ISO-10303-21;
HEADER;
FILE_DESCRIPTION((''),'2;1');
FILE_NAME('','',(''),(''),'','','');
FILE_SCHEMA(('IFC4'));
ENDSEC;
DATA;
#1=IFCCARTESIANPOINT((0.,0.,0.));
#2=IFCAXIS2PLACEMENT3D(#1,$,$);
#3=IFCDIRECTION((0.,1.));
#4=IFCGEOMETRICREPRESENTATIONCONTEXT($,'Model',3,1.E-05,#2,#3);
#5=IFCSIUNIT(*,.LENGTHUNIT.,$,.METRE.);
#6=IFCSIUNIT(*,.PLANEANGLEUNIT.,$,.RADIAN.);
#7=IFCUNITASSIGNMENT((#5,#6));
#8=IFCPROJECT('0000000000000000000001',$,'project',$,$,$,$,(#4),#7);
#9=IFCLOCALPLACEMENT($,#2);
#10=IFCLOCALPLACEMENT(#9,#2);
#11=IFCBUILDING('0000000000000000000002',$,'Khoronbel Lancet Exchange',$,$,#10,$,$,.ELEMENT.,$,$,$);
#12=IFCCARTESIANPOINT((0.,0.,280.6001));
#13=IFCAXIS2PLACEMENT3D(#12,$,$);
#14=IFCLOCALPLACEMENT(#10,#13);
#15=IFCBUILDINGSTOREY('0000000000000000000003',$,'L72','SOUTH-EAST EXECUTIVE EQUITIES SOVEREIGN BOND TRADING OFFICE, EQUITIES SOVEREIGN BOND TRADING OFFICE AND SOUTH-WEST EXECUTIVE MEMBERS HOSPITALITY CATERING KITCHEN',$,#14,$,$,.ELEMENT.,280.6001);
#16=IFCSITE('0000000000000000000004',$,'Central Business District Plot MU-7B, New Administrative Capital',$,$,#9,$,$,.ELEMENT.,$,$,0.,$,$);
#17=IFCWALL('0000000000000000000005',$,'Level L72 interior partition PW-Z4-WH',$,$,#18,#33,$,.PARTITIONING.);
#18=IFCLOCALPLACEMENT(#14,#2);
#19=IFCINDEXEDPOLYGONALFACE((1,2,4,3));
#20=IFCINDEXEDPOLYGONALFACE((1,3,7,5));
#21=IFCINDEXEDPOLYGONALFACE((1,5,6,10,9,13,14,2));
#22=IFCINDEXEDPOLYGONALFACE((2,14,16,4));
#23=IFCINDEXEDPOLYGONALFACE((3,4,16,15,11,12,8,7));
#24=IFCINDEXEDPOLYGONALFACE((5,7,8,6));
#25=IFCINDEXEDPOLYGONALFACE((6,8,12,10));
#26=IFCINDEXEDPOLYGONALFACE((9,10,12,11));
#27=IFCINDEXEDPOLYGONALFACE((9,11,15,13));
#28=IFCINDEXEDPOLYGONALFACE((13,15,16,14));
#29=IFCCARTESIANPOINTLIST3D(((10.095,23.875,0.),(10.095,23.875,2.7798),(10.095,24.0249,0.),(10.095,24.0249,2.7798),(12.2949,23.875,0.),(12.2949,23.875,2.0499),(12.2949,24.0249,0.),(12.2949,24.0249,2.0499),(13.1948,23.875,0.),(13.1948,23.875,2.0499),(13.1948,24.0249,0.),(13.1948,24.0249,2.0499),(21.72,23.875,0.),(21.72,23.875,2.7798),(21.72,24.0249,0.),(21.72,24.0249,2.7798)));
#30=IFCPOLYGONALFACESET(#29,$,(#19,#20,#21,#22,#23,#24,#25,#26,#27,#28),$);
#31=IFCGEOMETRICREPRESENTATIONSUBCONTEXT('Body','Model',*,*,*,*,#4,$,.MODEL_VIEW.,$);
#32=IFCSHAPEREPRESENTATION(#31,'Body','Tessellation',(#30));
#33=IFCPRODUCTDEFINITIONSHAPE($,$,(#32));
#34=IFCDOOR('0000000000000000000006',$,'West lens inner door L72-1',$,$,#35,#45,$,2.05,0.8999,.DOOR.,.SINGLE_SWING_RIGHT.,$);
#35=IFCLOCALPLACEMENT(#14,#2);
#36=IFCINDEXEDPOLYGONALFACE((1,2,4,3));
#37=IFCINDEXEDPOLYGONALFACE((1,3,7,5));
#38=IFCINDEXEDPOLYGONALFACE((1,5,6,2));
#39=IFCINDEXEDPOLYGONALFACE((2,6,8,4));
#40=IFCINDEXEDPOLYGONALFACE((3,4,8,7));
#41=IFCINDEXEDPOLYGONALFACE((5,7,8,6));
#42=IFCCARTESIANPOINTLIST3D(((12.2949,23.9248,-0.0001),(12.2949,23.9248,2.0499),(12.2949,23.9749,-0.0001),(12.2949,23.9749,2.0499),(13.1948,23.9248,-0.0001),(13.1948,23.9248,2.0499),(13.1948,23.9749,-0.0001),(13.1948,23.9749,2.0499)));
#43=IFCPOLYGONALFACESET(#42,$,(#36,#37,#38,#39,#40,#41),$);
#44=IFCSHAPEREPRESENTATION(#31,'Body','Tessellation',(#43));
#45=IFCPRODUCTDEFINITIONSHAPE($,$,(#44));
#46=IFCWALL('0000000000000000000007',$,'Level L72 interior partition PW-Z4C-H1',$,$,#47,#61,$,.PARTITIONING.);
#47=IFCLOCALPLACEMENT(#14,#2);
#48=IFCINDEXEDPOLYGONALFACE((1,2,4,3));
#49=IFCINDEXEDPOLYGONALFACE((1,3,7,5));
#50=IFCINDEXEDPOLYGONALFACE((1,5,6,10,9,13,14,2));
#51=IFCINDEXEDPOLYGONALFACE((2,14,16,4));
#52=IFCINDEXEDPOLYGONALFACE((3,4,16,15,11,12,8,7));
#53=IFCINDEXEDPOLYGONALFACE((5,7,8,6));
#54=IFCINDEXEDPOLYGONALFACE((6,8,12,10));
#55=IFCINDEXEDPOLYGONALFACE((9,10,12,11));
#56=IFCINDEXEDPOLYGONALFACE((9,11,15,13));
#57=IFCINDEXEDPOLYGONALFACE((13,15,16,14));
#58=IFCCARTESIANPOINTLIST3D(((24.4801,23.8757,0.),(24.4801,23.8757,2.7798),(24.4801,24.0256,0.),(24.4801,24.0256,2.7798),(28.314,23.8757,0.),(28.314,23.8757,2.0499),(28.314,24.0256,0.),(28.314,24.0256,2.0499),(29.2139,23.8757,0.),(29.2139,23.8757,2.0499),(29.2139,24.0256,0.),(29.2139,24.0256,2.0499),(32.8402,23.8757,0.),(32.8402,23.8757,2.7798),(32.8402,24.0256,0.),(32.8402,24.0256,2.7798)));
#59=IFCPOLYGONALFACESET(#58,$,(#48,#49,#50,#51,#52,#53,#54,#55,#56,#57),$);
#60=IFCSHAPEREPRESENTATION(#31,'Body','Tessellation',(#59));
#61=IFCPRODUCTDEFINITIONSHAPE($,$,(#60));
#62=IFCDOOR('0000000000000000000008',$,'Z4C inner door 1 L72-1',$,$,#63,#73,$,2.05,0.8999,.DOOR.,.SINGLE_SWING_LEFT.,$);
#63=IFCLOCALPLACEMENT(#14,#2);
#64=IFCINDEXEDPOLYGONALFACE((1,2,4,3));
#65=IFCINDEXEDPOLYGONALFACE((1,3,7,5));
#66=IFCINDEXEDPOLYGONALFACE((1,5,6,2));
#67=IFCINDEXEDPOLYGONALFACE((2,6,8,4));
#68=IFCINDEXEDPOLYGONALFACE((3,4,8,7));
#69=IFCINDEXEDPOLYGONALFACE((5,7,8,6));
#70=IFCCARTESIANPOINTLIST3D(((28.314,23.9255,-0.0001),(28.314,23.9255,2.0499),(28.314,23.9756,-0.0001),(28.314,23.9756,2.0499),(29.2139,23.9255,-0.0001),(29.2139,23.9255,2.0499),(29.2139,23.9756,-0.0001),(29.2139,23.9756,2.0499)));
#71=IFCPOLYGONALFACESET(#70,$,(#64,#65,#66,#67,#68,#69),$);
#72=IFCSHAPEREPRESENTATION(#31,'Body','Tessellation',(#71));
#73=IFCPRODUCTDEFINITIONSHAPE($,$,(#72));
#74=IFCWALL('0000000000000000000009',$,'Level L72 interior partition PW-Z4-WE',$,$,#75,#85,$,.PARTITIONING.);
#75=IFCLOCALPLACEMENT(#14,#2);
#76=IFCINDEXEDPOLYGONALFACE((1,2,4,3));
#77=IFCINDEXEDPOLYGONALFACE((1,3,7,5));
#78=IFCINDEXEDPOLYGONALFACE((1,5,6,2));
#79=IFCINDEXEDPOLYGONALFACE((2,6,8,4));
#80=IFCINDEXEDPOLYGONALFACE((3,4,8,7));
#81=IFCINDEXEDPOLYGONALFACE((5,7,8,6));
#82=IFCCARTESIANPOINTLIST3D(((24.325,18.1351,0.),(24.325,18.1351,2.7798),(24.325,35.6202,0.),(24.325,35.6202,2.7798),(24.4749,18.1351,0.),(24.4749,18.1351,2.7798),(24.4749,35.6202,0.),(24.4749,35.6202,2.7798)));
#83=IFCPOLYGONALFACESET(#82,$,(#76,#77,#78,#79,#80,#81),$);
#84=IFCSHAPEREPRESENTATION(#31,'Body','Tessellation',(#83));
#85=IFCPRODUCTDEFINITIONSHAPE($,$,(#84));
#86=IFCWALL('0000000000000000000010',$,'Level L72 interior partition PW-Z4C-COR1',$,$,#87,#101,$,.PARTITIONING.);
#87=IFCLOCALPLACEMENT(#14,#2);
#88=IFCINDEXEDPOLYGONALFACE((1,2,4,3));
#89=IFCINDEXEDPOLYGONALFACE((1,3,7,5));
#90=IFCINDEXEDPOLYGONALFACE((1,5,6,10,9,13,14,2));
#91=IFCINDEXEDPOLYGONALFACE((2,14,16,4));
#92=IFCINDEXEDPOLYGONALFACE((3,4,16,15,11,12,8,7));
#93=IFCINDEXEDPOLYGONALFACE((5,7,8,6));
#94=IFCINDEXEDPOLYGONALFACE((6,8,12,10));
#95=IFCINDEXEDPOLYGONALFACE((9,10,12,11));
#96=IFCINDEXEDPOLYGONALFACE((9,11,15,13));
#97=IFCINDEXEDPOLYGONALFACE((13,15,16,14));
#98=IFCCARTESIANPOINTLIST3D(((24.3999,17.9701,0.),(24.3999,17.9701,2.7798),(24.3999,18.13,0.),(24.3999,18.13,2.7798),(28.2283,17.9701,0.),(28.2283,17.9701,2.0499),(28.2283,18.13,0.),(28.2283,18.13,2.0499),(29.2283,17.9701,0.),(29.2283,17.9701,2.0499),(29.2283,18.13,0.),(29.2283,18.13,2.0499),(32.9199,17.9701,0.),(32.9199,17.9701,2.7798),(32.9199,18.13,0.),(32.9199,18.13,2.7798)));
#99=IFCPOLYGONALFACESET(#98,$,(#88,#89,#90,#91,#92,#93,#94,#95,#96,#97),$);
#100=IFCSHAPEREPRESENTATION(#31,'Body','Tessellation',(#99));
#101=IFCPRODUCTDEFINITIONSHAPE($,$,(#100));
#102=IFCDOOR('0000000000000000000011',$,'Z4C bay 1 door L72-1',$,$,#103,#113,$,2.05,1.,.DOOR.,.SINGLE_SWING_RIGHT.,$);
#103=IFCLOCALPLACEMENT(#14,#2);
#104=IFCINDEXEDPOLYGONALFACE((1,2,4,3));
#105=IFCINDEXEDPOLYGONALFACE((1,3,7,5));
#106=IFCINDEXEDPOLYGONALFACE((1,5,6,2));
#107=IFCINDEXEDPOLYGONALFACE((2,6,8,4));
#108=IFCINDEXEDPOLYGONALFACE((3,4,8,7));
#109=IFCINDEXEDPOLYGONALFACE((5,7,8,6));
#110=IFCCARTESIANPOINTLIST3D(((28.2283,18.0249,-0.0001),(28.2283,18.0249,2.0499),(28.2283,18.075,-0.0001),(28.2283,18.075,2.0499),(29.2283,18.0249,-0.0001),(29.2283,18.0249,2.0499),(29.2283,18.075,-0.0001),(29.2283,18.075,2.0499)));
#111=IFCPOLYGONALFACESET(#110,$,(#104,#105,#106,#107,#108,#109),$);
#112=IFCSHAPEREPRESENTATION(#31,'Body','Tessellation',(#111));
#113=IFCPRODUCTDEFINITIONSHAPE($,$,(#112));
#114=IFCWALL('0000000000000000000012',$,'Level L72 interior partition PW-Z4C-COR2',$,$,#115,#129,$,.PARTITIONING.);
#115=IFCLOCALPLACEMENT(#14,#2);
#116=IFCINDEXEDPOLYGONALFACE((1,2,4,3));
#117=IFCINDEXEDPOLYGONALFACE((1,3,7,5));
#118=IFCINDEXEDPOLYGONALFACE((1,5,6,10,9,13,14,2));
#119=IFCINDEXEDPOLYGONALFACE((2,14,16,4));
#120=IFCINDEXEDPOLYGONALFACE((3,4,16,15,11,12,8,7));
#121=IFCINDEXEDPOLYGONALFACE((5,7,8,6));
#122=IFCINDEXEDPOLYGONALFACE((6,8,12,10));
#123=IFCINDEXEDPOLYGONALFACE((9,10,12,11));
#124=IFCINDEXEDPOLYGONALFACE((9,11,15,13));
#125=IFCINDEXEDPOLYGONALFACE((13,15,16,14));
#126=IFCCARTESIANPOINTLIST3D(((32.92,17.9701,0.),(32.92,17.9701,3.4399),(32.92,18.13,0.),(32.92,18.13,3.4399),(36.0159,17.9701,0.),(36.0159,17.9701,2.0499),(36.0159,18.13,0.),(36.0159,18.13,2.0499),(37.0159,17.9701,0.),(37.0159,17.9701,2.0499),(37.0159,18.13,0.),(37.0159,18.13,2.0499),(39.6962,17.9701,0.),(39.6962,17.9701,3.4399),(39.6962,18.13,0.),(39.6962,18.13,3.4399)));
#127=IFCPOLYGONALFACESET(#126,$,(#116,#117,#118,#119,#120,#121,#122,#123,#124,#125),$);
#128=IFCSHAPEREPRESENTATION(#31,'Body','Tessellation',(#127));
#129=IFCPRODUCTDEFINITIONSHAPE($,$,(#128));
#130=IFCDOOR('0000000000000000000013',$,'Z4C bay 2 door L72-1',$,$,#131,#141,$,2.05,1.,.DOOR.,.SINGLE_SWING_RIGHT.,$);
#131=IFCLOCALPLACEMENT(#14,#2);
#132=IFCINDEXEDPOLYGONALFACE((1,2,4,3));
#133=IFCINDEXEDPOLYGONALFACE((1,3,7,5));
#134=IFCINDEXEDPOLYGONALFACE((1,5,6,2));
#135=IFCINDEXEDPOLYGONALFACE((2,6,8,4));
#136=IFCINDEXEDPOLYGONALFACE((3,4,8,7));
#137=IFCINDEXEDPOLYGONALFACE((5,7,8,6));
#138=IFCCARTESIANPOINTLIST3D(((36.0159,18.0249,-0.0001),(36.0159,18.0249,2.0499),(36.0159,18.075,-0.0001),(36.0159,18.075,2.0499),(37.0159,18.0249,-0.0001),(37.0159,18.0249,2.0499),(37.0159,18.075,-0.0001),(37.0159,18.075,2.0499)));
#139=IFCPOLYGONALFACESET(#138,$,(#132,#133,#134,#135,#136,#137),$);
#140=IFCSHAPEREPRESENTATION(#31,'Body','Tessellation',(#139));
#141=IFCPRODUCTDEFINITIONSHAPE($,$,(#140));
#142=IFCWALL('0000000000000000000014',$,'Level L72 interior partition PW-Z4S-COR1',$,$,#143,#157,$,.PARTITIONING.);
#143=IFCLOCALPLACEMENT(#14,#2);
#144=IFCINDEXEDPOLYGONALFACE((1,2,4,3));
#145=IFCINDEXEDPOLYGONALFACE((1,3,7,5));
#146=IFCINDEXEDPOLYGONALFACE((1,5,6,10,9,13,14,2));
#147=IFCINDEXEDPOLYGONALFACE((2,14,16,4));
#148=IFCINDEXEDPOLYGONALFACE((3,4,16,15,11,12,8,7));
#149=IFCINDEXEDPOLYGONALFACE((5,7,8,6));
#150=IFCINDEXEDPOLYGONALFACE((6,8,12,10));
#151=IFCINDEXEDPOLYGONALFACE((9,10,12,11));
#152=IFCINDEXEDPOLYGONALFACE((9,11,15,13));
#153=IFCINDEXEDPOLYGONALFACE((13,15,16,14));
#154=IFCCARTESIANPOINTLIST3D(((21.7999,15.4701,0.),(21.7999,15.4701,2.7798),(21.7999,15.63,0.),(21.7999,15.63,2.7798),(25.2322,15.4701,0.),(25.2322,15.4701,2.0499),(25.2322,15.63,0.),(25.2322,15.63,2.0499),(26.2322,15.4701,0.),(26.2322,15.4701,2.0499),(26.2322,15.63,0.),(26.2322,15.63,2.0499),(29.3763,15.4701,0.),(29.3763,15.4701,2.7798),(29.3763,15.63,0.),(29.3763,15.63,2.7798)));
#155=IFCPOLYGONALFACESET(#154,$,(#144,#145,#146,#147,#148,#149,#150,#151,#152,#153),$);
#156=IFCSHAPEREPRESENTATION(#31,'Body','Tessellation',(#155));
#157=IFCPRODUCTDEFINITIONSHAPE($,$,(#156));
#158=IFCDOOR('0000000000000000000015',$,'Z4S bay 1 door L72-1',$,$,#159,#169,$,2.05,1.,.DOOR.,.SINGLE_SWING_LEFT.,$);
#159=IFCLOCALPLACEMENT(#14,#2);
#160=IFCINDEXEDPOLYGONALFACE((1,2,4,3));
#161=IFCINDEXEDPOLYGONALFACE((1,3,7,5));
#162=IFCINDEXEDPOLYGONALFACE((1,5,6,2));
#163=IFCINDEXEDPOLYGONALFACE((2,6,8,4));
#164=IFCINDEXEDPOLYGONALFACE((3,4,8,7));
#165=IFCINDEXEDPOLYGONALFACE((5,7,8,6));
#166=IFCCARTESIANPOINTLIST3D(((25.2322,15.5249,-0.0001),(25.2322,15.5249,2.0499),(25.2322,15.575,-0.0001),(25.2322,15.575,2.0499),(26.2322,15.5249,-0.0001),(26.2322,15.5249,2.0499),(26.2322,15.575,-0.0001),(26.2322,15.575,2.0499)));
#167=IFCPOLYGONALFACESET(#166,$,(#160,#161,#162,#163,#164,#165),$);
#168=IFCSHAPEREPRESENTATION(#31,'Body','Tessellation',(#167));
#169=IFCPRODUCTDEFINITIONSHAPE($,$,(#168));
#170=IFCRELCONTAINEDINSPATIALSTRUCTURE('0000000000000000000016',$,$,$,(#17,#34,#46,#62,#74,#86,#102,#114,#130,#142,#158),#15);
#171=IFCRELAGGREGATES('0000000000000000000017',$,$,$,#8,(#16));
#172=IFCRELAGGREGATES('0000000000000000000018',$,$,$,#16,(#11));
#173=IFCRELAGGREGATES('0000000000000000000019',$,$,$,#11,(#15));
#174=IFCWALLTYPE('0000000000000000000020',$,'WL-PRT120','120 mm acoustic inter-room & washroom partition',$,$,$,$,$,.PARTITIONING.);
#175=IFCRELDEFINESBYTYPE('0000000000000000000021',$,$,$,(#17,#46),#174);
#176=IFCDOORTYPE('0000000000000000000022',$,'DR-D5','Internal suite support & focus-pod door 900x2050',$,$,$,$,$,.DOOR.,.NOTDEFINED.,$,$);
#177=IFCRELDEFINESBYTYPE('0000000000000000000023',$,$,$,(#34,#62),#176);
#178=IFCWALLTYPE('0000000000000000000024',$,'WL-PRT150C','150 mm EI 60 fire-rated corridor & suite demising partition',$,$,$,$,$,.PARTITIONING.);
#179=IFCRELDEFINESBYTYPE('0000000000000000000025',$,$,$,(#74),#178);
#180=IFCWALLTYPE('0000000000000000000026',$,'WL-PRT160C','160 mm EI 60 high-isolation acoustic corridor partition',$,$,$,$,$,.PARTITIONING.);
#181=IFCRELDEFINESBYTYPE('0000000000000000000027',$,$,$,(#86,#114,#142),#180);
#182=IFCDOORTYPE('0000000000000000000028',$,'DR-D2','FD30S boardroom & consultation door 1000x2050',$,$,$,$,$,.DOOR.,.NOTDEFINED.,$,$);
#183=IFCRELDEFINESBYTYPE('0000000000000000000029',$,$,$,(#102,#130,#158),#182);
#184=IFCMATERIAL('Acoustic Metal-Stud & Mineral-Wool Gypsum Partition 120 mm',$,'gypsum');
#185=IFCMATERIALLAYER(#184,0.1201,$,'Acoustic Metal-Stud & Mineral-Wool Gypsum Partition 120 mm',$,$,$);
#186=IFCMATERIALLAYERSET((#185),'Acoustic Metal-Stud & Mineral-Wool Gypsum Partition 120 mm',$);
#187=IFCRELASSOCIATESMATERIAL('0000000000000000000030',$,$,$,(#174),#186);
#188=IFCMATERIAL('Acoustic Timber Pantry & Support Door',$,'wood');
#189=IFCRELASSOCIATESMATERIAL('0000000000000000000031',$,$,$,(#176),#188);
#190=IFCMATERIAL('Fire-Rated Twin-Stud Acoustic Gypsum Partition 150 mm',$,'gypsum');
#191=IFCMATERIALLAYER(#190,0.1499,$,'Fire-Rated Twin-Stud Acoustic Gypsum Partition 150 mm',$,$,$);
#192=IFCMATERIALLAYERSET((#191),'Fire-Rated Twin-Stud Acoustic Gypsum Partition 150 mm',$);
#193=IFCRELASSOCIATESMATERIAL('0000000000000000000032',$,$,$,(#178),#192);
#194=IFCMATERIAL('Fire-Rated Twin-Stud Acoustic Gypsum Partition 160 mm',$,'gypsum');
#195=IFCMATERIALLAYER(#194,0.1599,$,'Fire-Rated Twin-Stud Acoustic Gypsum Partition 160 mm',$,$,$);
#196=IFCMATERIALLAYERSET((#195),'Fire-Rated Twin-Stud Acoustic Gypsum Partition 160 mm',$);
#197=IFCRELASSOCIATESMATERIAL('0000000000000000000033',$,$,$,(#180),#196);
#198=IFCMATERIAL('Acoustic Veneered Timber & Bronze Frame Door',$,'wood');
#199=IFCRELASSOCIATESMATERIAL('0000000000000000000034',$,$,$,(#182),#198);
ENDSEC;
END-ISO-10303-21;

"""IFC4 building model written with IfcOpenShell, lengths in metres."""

from ifc_helpers import new_model, si_unit, direction, frame, frame_2d, origin, place, context, subcontext, project, spatial, rectangle, extrude, material, layer, layer_set, type_object, element, fill, save


model = new_model("IFC4")

# Units and contexts
model_context = context("Model", 3, precision=1e-05, world=origin(), true_north=direction((0.0, 1.0)))
body_context = subcontext(model_context, "Body", "Model", "MODEL_VIEW")
ifc_project = project(units=[si_unit("LENGTHUNIT", "METRE"), si_unit("PLANEANGLEUNIT", "RADIAN")], contexts=[model_context])

# Site, building, storey
site_placement = place(None, origin())
site = spatial("IfcSite", under=ifc_project, at=site_placement, Name="Central Business District Plot MU-7B, New Administrative Capital", CompositionType="ELEMENT", RefElevation=0.0)
building_placement = place(site_placement, origin())
building = spatial("IfcBuilding", under=site, at=building_placement, Name="Khoronbel Lancet Exchange", CompositionType="ELEMENT")
storey_placement = place(building_placement, frame((0.0, 0.0, 280.6001)))
storey = spatial("IfcBuildingStorey", under=building, at=storey_placement, Name="L72", Description="SOUTH-EAST EXECUTIVE EQUITIES SOVEREIGN BOND TRADING OFFICE, EQUITIES SOVEREIGN BOND TRADING OFFICE AND SOUTH-WEST EXECUTIVE MEMBERS HOSPITALITY CATERING KITCHEN", CompositionType="ELEMENT", Elevation=280.6001)

# Walls, openings, doors
ifc_material_1 = material(Name="Acoustic Metal-Stud & Mineral-Wool Gypsum Partition 120 mm", Category="gypsum")
ifc_layer_1 = layer(ifc_material_1, 0.1201, Name="Acoustic Metal-Stud & Mineral-Wool Gypsum Partition 120 mm")
ifc_layer_set_1 = layer_set([ifc_layer_1], Name="Acoustic Metal-Stud & Mineral-Wool Gypsum Partition 120 mm")
wall_type_1 = type_object("IfcWallType", Name="WL-PRT120", Description="120 mm acoustic inter-room & washroom partition", PredefinedType="PARTITIONING", material=ifc_layer_set_1)
wall_1_placement = place(storey_placement, frame((10.095, 23.95, 0.0), z_axis=(0.0, 0.0, 1.0), x_axis=(1.0, 0.0, 0.0)))
wall_1 = element("IfcWall", 1, at=wall_1_placement, inside=storey, type_object=wall_type_1, Name="Level L72 interior partition PW-Z4-WH", PredefinedType="PARTITIONING", context=body_context, shape_type="SweptSolid", body=[
    extrude(rectangle(XDim=11.625, YDim=0.1499, at=frame_2d((5.8125, 0.0))), origin(), (0.0, 0.0, 1.0), 2.7798),
])
opening_1_placement = place(wall_1_placement, frame((2.2, 0.0, 0.0)))
opening_1 = element("IfcOpeningElement", 2, at=opening_1_placement, cuts=wall_1, PredefinedType="OPENING", context=body_context, shape_type="SweptSolid", body=[
    extrude(rectangle(XDim=0.8999, YDim=2.05, at=frame_2d((0.45, 1.0249))), frame((0.0, 0.085, 0.0), z_axis=(0.0, -1.0, 0.0), x_axis=(1.0, 0.0, 0.0)), (0.0, 0.0, 1.0), 0.1699),
])
ifc_material_2 = material(Name="Acoustic Timber Pantry & Support Door", Category="wood")
door_type_1 = type_object("IfcDoorType", Name="DR-D5", Description="Internal suite support & focus-pod door 900x2050", OperationType="NOTDEFINED", PredefinedType="DOOR", material=ifc_material_2)
door_1_placement = place(opening_1_placement, origin())
door_1 = element("IfcDoor", 3, at=door_1_placement, inside=storey, type_object=door_type_1, Name="West lens inner door L72-1", OperationType="SINGLE_SWING_RIGHT", OverallHeight=2.05, OverallWidth=0.8999, PredefinedType="DOOR", context=body_context, shape_type="SweptSolid", body=[
    extrude(rectangle(XDim=0.8999, YDim=2.05, at=frame_2d((0.45, 1.0249))), frame((0.0, 0.0249, 0.0), z_axis=(0.0, -1.0, 0.0), x_axis=(1.0, 0.0, 0.0)), (0.0, 0.0, 1.0), 0.05),
])
fill(opening_1, door_1)
wall_2_placement = place(storey_placement, frame((24.48, 23.9507, 0.0), z_axis=(0.0, 0.0, 1.0), x_axis=(1.0, 0.0, 0.0)))
wall_2 = element("IfcWall", 4, at=wall_2_placement, inside=storey, type_object=wall_type_1, Name="Level L72 interior partition PW-Z4C-H1", PredefinedType="PARTITIONING", context=body_context, shape_type="SweptSolid", body=[
    extrude(rectangle(XDim=8.3601, YDim=0.1499, at=frame_2d((4.1802, 0.0))), origin(), (0.0, 0.0, 1.0), 2.7798),
])
opening_2_placement = place(wall_2_placement, frame((3.834, 0.0, 0.0)))
opening_2 = element("IfcOpeningElement", 5, at=opening_2_placement, cuts=wall_2, PredefinedType="OPENING", context=body_context, shape_type="SweptSolid", body=[
    extrude(rectangle(XDim=0.8999, YDim=2.05, at=frame_2d((0.45, 1.0249))), frame((0.0, 0.085, 0.0), z_axis=(0.0, -1.0, 0.0), x_axis=(1.0, 0.0, 0.0)), (0.0, 0.0, 1.0), 0.1699),
])
door_2_placement = place(opening_2_placement, origin())
door_2 = element("IfcDoor", 6, at=door_2_placement, inside=storey, type_object=door_type_1, Name="Z4C inner door 1 L72-1", OperationType="SINGLE_SWING_LEFT", OverallHeight=2.05, OverallWidth=0.8999, PredefinedType="DOOR", context=body_context, shape_type="SweptSolid", body=[
    extrude(rectangle(XDim=0.8999, YDim=2.05, at=frame_2d((0.45, 1.0249))), frame((0.0, 0.0249, 0.0), z_axis=(0.0, -1.0, 0.0), x_axis=(1.0, 0.0, 0.0)), (0.0, 0.0, 1.0), 0.05),
])
fill(opening_2, door_2)

# Wall
ifc_material_3 = material(Name="Fire-Rated Twin-Stud Acoustic Gypsum Partition 150 mm", Category="gypsum")
ifc_layer_2 = layer(ifc_material_3, 0.1499, Name="Fire-Rated Twin-Stud Acoustic Gypsum Partition 150 mm")
ifc_layer_set_2 = layer_set([ifc_layer_2], Name="Fire-Rated Twin-Stud Acoustic Gypsum Partition 150 mm")
wall_type_2 = type_object("IfcWallType", Name="WL-PRT150C", Description="150 mm EI 60 fire-rated corridor & suite demising partition", PredefinedType="PARTITIONING", material=ifc_layer_set_2)
wall_3_placement = place(storey_placement, frame((24.3999, 18.135, 0.0), z_axis=(0.0, 0.0, 1.0), x_axis=(0.0, 1.0, 0.0)))
element("IfcWall", 7, at=wall_3_placement, inside=storey, type_object=wall_type_2, Name="Level L72 interior partition PW-Z4-WE", PredefinedType="PARTITIONING", context=body_context, shape_type="SweptSolid", body=[
    extrude(rectangle(XDim=17.4851, YDim=0.1499, at=frame_2d((8.7427, 0.0))), origin(), (0.0, 0.0, 1.0), 2.7798),
])

# Walls, openings, doors
ifc_material_4 = material(Name="Fire-Rated Twin-Stud Acoustic Gypsum Partition 160 mm", Category="gypsum")
ifc_layer_3 = layer(ifc_material_4, 0.1599, Name="Fire-Rated Twin-Stud Acoustic Gypsum Partition 160 mm")
ifc_layer_set_3 = layer_set([ifc_layer_3], Name="Fire-Rated Twin-Stud Acoustic Gypsum Partition 160 mm")
wall_type_3 = type_object("IfcWallType", Name="WL-PRT160C", Description="160 mm EI 60 high-isolation acoustic corridor partition", PredefinedType="PARTITIONING", material=ifc_layer_set_3)
wall_4_placement = place(storey_placement, frame((24.3999, 18.05, 0.0), z_axis=(0.0, 0.0, 1.0), x_axis=(1.0, 0.0, 0.0)))
wall_4 = element("IfcWall", 8, at=wall_4_placement, inside=storey, type_object=wall_type_3, Name="Level L72 interior partition PW-Z4C-COR1", PredefinedType="PARTITIONING", context=body_context, shape_type="SweptSolid", body=[
    extrude(rectangle(XDim=8.52, YDim=0.1599, at=frame_2d((4.26, 0.0))), origin(), (0.0, 0.0, 1.0), 2.7798),
])
opening_3_placement = place(wall_4_placement, frame((3.8284, 0.0, 0.0)))
opening_3 = element("IfcOpeningElement", 9, at=opening_3_placement, cuts=wall_4, PredefinedType="OPENING", context=body_context, shape_type="SweptSolid", body=[
    extrude(rectangle(XDim=1.0, YDim=2.05, at=frame_2d((0.5, 1.0249))), frame((0.0, 0.0898, 0.0), z_axis=(0.0, -1.0, 0.0), x_axis=(1.0, 0.0, 0.0)), (0.0, 0.0, 1.0), 0.1799),
])
ifc_material_5 = material(Name="Acoustic Veneered Timber & Bronze Frame Door", Category="wood")
door_type_2 = type_object("IfcDoorType", Name="DR-D2", Description="FD30S boardroom & consultation door 1000x2050", OperationType="NOTDEFINED", PredefinedType="DOOR", material=ifc_material_5)
door_3_placement = place(opening_3_placement, origin())
door_3 = element("IfcDoor", 10, at=door_3_placement, inside=storey, type_object=door_type_2, Name="Z4C bay 1 door L72-1", OperationType="SINGLE_SWING_RIGHT", OverallHeight=2.05, OverallWidth=1.0, PredefinedType="DOOR", context=body_context, shape_type="SweptSolid", body=[
    extrude(rectangle(XDim=1.0, YDim=2.05, at=frame_2d((0.5, 1.0249))), frame((0.0, 0.0249, 0.0), z_axis=(0.0, -1.0, 0.0), x_axis=(1.0, 0.0, 0.0)), (0.0, 0.0, 1.0), 0.05),
])
fill(opening_3, door_3)
wall_5_placement = place(storey_placement, frame((32.9199, 18.05, 0.0), z_axis=(0.0, 0.0, 1.0), x_axis=(1.0, 0.0, 0.0)))
wall_5 = element("IfcWall", 11, at=wall_5_placement, inside=storey, type_object=wall_type_3, Name="Level L72 interior partition PW-Z4C-COR2", PredefinedType="PARTITIONING", context=body_context, shape_type="SweptSolid", body=[
    extrude(rectangle(XDim=6.7761, YDim=0.1599, at=frame_2d((3.3882, 0.0))), origin(), (0.0, 0.0, 1.0), 3.4399),
])
opening_4_placement = place(wall_5_placement, frame((3.0959, 0.0, 0.0)))
opening_4 = element("IfcOpeningElement", 12, at=opening_4_placement, cuts=wall_5, PredefinedType="OPENING", context=body_context, shape_type="SweptSolid", body=[
    extrude(rectangle(XDim=1.0, YDim=2.05, at=frame_2d((0.5, 1.0249))), frame((0.0, 0.0898, 0.0), z_axis=(0.0, -1.0, 0.0), x_axis=(1.0, 0.0, 0.0)), (0.0, 0.0, 1.0), 0.1799),
])
door_4_placement = place(opening_4_placement, origin())
door_4 = element("IfcDoor", 13, at=door_4_placement, inside=storey, type_object=door_type_2, Name="Z4C bay 2 door L72-1", OperationType="SINGLE_SWING_RIGHT", OverallHeight=2.05, OverallWidth=1.0, PredefinedType="DOOR", context=body_context, shape_type="SweptSolid", body=[
    extrude(rectangle(XDim=1.0, YDim=2.05, at=frame_2d((0.5, 1.0249))), frame((0.0, 0.0249, 0.0), z_axis=(0.0, -1.0, 0.0), x_axis=(1.0, 0.0, 0.0)), (0.0, 0.0, 1.0), 0.05),
])
fill(opening_4, door_4)
wall_6_placement = place(storey_placement, frame((21.8, 15.55, 0.0), z_axis=(0.0, 0.0, 1.0), x_axis=(1.0, 0.0, 0.0)))
wall_6 = element("IfcWall", 14, at=wall_6_placement, inside=storey, type_object=wall_type_3, Name="Level L72 interior partition PW-Z4S-COR1", PredefinedType="PARTITIONING", context=body_context, shape_type="SweptSolid", body=[
    extrude(rectangle(XDim=7.5764, YDim=0.1599, at=frame_2d((3.7881, 0.0))), origin(), (0.0, 0.0, 1.0), 2.7798),
])
opening_5_placement = place(wall_6_placement, frame((3.4321, 0.0, 0.0)))
opening_5 = element("IfcOpeningElement", 15, at=opening_5_placement, cuts=wall_6, PredefinedType="OPENING", context=body_context, shape_type="SweptSolid", body=[
    extrude(rectangle(XDim=1.0, YDim=2.05, at=frame_2d((0.5, 1.0249))), frame((0.0, 0.0898, 0.0), z_axis=(0.0, -1.0, 0.0), x_axis=(1.0, 0.0, 0.0)), (0.0, 0.0, 1.0), 0.1799),
])
door_5_placement = place(opening_5_placement, origin())
door_5 = element("IfcDoor", 16, at=door_5_placement, inside=storey, type_object=door_type_2, Name="Z4S bay 1 door L72-1", OperationType="SINGLE_SWING_LEFT", OverallHeight=2.05, OverallWidth=1.0, PredefinedType="DOOR", context=body_context, shape_type="SweptSolid", body=[
    extrude(rectangle(XDim=1.0, YDim=2.05, at=frame_2d((0.5, 1.0249))), frame((0.0, 0.0249, 0.0), z_axis=(0.0, -1.0, 0.0), x_axis=(1.0, 0.0, 0.0)), (0.0, 0.0, 1.0), 0.05),
])
fill(opening_5, door_5)

save(model, "model.ifc")
